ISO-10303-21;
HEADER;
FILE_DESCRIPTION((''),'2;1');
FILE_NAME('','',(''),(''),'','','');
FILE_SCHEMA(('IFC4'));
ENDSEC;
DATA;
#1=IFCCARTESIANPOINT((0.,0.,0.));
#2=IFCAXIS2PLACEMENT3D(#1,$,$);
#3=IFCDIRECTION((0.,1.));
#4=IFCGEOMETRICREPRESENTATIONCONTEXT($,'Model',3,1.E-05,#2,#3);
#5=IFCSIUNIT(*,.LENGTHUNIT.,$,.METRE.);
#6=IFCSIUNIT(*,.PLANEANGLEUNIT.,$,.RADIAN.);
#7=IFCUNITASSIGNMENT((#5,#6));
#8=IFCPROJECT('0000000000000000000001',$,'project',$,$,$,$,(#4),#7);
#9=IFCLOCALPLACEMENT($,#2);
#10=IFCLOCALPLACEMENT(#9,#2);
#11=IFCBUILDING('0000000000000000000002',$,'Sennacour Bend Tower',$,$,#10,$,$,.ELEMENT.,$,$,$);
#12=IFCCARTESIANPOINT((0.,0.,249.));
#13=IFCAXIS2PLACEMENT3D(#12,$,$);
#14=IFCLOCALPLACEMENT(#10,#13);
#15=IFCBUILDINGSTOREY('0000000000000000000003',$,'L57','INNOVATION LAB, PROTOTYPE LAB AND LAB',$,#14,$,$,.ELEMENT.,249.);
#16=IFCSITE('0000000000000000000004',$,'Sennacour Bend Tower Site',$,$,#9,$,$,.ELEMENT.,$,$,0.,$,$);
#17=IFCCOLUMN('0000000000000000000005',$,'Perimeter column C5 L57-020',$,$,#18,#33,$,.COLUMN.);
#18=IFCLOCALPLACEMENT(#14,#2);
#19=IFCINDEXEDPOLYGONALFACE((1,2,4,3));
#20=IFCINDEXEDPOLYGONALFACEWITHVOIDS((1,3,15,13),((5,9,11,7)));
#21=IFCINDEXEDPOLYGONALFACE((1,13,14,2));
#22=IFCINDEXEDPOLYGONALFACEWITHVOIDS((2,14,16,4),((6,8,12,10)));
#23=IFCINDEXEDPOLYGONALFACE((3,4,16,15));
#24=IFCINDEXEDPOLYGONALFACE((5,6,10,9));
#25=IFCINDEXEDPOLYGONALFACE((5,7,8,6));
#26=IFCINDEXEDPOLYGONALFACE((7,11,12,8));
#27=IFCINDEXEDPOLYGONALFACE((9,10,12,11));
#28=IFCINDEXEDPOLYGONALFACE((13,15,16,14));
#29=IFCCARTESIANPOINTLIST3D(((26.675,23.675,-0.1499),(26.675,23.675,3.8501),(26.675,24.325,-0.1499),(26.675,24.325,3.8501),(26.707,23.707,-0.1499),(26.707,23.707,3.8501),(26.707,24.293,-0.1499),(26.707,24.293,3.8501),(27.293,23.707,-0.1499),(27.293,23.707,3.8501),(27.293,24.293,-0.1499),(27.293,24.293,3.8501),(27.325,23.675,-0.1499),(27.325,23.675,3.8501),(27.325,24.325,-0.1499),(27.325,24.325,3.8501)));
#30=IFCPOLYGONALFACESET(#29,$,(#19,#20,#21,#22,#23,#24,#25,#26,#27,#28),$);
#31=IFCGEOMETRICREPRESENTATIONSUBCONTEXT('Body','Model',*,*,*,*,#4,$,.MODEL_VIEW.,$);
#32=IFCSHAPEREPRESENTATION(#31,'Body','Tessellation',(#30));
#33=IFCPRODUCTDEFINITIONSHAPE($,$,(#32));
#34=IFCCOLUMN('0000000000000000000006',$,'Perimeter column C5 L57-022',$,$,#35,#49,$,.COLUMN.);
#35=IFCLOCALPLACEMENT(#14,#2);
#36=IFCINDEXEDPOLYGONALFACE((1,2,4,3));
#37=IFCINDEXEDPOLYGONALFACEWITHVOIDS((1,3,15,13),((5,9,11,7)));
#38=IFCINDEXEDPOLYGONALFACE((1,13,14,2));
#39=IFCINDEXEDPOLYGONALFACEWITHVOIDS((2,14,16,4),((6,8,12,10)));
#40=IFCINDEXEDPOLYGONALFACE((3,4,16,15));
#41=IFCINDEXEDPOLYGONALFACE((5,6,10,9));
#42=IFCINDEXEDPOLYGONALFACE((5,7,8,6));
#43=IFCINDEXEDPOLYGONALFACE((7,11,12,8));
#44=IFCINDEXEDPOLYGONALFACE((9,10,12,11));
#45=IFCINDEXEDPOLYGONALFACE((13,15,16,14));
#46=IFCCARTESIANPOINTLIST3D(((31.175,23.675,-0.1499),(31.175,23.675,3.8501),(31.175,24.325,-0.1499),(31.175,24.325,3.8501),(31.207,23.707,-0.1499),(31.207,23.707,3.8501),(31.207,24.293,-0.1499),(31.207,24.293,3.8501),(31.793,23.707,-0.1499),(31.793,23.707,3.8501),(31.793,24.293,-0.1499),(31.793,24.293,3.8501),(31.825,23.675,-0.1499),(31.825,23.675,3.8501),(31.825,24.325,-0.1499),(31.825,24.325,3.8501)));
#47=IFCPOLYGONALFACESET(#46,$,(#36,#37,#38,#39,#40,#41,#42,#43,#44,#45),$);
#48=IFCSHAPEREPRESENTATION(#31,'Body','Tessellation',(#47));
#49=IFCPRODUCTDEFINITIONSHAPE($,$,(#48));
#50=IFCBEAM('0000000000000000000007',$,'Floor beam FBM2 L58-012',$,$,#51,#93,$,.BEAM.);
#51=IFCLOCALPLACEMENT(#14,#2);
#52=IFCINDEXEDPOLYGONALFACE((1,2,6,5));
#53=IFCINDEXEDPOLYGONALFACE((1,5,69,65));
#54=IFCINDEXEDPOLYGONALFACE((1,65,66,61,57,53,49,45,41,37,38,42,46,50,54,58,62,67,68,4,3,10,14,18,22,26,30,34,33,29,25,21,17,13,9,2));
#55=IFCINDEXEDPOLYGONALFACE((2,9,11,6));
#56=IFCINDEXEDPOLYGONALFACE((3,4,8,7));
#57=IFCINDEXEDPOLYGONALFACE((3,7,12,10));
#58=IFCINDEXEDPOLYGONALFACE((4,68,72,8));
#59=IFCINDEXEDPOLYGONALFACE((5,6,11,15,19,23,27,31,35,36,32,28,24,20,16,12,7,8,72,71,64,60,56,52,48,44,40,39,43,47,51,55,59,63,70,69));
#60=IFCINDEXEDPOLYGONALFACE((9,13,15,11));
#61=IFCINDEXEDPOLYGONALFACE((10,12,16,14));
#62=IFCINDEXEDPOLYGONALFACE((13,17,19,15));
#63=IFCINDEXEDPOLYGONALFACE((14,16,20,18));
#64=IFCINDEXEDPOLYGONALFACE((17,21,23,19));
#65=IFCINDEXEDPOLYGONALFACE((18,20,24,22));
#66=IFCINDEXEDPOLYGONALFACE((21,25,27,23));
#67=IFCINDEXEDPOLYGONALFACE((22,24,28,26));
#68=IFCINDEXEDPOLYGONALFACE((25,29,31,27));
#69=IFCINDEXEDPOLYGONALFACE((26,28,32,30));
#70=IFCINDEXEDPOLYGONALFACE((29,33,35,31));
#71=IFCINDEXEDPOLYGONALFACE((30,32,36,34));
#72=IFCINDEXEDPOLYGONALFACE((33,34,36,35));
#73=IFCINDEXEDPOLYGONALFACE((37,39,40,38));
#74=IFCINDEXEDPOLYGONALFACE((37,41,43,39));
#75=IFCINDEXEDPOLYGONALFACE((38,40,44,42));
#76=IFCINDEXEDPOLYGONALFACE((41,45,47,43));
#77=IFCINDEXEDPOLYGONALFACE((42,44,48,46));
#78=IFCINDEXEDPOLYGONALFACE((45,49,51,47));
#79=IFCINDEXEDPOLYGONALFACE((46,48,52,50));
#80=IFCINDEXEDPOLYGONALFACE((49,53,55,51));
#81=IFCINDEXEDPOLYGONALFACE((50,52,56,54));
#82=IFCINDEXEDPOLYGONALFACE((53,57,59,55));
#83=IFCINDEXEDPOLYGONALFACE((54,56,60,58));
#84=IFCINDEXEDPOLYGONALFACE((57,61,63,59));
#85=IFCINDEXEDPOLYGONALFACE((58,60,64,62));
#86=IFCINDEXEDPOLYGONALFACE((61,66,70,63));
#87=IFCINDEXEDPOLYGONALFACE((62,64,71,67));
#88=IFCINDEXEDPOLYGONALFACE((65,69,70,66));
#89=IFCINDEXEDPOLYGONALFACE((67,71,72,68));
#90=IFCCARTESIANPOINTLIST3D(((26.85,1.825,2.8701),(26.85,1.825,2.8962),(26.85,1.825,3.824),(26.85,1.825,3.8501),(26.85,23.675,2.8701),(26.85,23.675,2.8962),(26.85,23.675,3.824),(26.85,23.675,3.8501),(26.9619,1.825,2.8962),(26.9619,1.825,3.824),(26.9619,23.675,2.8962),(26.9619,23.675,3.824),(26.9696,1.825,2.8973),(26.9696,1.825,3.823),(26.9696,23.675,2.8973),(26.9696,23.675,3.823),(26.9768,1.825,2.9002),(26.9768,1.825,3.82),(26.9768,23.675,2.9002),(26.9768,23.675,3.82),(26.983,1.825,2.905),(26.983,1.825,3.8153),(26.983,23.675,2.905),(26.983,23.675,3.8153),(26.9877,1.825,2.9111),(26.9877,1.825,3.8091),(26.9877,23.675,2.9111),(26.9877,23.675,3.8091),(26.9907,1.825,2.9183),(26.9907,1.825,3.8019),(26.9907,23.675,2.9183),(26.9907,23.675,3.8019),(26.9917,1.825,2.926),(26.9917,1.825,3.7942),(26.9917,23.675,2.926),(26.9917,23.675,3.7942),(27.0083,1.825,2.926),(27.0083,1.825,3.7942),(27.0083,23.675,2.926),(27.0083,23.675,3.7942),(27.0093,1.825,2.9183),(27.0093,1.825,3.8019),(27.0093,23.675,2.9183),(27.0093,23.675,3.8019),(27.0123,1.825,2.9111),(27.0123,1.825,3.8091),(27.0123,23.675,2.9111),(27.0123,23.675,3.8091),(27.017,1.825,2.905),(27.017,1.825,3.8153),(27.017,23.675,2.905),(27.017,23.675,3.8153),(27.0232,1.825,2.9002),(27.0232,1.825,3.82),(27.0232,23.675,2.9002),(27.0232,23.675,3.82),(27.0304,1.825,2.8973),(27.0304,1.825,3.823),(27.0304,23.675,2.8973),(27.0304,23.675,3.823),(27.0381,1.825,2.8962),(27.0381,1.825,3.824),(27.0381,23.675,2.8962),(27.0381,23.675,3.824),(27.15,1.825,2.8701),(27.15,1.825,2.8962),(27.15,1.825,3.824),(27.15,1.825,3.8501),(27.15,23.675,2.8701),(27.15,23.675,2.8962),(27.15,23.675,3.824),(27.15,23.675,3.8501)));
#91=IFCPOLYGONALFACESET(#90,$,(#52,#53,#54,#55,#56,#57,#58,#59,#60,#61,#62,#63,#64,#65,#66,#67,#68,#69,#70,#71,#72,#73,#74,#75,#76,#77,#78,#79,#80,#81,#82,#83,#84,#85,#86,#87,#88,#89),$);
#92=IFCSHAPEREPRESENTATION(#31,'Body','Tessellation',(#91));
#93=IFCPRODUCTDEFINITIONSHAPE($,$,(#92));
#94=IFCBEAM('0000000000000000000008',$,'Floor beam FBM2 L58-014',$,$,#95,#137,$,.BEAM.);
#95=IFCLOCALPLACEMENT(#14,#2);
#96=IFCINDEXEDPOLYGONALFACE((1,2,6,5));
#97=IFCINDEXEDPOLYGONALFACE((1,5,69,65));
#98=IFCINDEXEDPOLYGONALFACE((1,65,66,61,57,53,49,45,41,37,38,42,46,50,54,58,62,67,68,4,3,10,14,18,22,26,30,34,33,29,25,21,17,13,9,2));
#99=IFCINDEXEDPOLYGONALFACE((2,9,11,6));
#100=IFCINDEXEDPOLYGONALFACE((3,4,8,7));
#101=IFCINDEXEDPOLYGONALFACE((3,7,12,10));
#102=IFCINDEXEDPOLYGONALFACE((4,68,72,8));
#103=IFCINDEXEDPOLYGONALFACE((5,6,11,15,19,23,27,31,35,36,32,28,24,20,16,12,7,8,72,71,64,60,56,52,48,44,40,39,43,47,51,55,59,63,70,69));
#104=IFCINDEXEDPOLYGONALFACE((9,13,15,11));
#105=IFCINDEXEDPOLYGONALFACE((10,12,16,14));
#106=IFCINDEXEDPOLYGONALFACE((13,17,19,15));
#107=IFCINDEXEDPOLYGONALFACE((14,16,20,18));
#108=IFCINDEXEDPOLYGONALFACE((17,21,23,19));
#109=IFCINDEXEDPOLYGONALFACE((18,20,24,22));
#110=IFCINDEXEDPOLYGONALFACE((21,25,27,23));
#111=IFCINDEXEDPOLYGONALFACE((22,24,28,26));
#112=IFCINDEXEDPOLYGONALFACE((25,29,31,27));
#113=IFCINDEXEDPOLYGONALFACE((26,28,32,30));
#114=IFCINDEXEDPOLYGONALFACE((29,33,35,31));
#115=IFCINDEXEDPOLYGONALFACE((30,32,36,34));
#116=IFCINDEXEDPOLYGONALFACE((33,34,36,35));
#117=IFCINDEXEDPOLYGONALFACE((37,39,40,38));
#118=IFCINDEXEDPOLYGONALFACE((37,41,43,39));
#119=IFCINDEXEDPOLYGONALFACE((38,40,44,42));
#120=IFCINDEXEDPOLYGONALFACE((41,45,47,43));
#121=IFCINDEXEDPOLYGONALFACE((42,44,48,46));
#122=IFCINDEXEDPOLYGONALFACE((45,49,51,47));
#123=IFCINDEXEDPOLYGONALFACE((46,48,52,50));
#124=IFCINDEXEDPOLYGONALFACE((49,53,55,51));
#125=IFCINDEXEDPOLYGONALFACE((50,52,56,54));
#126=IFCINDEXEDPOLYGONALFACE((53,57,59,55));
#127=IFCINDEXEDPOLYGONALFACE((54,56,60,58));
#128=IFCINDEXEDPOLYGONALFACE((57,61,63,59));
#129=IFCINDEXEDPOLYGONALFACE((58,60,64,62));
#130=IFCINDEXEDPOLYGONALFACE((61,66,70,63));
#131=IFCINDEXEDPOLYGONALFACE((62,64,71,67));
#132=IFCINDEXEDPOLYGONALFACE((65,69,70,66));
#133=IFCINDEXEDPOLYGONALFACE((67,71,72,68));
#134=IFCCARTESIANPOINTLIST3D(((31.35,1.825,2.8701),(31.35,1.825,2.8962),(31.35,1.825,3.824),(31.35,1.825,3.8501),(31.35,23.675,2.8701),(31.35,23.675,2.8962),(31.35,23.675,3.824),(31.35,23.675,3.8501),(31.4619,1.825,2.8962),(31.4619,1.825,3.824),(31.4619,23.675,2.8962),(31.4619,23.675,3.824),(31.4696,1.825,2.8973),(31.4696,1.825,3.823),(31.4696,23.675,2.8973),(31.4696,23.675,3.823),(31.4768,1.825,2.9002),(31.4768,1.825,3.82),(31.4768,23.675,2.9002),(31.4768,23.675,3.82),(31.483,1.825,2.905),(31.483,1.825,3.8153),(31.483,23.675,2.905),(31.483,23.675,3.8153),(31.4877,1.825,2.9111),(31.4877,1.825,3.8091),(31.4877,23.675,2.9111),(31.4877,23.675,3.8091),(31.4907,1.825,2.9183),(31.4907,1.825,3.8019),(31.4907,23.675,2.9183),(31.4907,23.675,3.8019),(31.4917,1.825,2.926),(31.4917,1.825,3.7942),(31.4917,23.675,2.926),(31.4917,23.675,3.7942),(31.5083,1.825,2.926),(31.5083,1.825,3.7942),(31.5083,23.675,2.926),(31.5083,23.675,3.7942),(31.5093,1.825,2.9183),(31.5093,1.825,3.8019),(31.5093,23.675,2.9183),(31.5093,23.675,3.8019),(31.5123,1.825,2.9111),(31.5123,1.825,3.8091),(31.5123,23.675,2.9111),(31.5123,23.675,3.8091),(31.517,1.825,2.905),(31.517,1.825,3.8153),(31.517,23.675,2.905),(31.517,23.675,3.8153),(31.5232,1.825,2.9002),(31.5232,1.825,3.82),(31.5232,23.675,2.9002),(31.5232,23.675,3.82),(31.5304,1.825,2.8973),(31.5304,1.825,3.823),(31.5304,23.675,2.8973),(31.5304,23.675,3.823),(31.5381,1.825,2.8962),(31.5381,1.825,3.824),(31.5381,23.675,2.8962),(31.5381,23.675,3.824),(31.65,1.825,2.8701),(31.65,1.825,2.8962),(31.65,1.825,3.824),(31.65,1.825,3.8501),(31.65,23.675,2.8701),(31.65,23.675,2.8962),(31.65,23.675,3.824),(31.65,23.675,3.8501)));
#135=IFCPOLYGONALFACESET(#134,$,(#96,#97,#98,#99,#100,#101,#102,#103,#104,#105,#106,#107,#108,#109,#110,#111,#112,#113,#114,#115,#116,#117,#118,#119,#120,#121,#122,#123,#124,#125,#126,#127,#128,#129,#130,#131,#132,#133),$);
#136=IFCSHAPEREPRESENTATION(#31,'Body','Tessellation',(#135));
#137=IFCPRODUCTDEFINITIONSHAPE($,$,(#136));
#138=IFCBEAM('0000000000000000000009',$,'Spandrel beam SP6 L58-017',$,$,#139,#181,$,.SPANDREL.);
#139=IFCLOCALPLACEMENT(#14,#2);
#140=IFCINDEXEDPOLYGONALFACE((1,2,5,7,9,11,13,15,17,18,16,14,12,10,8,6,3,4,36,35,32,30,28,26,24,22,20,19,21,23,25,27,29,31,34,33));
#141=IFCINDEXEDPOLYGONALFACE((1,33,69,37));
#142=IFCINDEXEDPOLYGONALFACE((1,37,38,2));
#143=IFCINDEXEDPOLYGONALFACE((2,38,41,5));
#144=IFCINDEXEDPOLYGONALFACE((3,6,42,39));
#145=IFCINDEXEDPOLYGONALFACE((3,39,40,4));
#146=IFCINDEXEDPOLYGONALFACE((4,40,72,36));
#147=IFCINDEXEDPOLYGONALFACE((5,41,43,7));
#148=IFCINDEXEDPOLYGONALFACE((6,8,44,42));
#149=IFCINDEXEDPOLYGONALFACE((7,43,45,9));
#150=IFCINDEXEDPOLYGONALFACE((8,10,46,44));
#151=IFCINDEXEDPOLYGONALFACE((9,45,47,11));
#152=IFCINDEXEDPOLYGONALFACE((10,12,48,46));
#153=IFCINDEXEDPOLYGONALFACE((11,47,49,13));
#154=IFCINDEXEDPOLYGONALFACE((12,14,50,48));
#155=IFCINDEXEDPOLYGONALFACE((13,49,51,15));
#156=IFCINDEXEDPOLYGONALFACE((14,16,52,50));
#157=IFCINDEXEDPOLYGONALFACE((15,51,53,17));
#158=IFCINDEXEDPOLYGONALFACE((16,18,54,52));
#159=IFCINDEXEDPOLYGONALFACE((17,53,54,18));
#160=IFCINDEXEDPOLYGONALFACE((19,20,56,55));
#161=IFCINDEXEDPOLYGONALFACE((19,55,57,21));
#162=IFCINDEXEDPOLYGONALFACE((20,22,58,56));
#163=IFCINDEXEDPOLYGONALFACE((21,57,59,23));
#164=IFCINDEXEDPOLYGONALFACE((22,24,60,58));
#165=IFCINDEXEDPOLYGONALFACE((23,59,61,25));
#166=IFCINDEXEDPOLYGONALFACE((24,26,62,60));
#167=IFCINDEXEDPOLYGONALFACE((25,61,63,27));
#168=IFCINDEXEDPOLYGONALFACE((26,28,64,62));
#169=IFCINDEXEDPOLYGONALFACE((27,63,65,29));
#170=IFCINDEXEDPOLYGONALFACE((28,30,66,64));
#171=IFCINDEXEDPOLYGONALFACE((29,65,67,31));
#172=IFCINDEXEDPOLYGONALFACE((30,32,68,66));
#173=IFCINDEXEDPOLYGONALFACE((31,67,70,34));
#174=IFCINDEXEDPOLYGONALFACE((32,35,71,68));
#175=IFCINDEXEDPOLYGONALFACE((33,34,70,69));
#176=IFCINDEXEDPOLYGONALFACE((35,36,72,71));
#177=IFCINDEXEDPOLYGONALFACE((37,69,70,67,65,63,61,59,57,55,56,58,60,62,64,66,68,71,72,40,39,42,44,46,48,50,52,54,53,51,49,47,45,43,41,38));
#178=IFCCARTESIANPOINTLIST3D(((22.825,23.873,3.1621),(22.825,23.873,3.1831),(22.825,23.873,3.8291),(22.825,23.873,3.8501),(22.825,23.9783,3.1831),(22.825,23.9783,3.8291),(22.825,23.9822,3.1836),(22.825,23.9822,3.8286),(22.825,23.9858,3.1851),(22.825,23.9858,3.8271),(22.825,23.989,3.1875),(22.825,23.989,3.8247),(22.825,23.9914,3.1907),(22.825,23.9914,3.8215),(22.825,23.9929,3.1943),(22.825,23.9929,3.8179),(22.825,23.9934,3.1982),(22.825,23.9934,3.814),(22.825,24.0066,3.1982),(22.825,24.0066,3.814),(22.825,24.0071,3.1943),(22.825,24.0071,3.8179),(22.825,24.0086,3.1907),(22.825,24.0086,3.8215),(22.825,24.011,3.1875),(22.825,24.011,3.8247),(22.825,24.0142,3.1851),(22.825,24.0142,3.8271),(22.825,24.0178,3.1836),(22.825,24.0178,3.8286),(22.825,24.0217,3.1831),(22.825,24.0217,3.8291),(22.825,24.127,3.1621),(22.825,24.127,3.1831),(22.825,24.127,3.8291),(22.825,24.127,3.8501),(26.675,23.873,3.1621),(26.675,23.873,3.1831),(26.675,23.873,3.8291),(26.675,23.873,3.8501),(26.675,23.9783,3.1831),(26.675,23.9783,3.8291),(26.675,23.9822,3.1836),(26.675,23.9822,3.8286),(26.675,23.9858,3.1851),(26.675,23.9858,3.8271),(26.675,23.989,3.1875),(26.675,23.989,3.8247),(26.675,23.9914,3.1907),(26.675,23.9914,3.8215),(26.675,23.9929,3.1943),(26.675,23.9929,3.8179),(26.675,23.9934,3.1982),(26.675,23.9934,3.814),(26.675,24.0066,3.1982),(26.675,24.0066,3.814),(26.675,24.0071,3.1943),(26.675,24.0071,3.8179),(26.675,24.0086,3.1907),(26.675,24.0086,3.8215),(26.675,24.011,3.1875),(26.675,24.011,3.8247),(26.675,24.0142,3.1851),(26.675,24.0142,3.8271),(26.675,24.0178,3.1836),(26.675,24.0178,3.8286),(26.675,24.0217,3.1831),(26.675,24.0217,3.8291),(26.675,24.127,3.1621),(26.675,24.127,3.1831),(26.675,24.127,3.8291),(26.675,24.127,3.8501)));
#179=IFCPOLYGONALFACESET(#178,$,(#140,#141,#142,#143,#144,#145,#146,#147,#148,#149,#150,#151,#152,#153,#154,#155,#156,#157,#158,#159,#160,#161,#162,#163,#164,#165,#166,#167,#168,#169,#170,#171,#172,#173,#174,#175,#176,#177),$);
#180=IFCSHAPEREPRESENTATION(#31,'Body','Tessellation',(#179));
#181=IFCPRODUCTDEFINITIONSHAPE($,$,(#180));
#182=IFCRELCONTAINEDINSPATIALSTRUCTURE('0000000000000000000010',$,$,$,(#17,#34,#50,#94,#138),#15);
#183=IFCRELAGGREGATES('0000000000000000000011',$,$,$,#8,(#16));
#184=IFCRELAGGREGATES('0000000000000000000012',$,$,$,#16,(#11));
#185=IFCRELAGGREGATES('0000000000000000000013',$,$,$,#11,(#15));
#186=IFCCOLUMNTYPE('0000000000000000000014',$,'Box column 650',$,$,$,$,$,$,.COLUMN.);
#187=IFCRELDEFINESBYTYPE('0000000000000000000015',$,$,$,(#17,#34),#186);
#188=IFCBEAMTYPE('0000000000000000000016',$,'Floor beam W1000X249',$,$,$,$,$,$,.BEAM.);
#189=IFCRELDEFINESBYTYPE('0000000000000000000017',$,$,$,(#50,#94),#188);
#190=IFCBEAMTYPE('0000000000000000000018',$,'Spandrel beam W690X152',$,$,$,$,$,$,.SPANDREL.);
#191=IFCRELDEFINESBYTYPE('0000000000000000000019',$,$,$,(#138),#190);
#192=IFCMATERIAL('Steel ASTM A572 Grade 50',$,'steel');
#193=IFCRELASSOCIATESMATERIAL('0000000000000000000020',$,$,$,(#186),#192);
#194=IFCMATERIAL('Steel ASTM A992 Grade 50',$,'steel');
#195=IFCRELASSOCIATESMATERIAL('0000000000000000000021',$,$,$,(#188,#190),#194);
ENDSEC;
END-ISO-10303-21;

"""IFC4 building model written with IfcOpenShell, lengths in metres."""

from ifc_helpers import new_model, si_unit, direction, frame, origin, origin_2d, place, context, subcontext, project, spatial, hollow_rectangle, i_section, extrude, material, material_profile, profile_set, type_object, element, save


model = new_model("IFC4")

# Units and contexts
model_context = context("Model", 3, precision=1e-05, world=origin(), true_north=direction((0.0, 1.0)))
body_context = subcontext(model_context, "Body", "Model", "MODEL_VIEW")
ifc_project = project(units=[si_unit("LENGTHUNIT", "METRE"), si_unit("PLANEANGLEUNIT", "RADIAN")], contexts=[model_context])

# Site, building, storey
site_placement = place(None, origin())
site = spatial("IfcSite", under=ifc_project, at=site_placement, Name="Sennacour Bend Tower Site", CompositionType="ELEMENT", RefElevation=0.0)
building_placement = place(site_placement, origin())
building = spatial("IfcBuilding", under=site, at=building_placement, Name="Sennacour Bend Tower", CompositionType="ELEMENT")
storey_placement = place(building_placement, frame((0.0, 0.0, 249.0)))
storey = spatial("IfcBuildingStorey", under=building, at=storey_placement, Name="L57", Description="INNOVATION LAB, PROTOTYPE LAB AND LAB", CompositionType="ELEMENT", Elevation=249.0)

# Columns
ifc_material_1 = material(Name="Steel ASTM A572 Grade 50", Category="steel")
ifc_material_profile_1 = material_profile(ifc_material_1, hollow_rectangle(XDim=0.6499, YDim=0.6499, WallThickness=0.032, at=origin_2d()), Name="Steel ASTM A572 Grade 50", Category="steel")
ifc_profile_set_1 = profile_set([ifc_material_profile_1], Name="Steel ASTM A572 Grade 50")
column_type = type_object("IfcColumnType", Name="Box column 650", PredefinedType="COLUMN", material=ifc_profile_set_1)
for number, where, z_axis, x_axis, name in (
    (1, (27.0, 24.0, -0.1499), (0.0, 0.0, 1.0), (1.0, 0.0, 0.0), "Perimeter column C5 L57-020"),
    (2, (31.5, 24.0, -0.1499), (0.0, 0.0, 1.0), (1.0, 0.0, 0.0), "Perimeter column C5 L57-022"),
):
    element("IfcColumn", number, at=place(storey_placement, frame(where, z_axis=z_axis, x_axis=x_axis)), inside=storey, type_object=column_type, Name=name, PredefinedType="COLUMN", context=body_context, shape_type="SweptSolid", body=[
        extrude(hollow_rectangle(XDim=0.6499, YDim=0.6499, WallThickness=0.032, at=origin_2d()), origin(), (0.0, 0.0, 1.0), 4.0),
    ])

# Beams
ifc_material_2 = material(Name="Steel ASTM A992 Grade 50", Category="steel")
ifc_material_profile_2 = material_profile(ifc_material_2, i_section(OverallWidth=0.3, OverallDepth=0.98, WebThickness=0.0166, FlangeThickness=0.0261, FilletRadius=0.0298, at=origin_2d()), Name="Steel ASTM A992 Grade 50", Category="steel")
ifc_profile_set_2 = profile_set([ifc_material_profile_2], Name="Steel ASTM A992 Grade 50")
beam_type_1 = type_object("IfcBeamType", Name="Floor beam W1000X249", PredefinedType="BEAM", material=ifc_profile_set_2)
for number, where, z_axis, x_axis, name in (
    (3, (27.0, 1.825, 3.3601), (0.0, 1.0, 0.0), (-1.0, 0.0, 0.0), "Floor beam FBM2 L58-012"),
    (4, (31.5, 1.825, 3.3601), (0.0, 1.0, 0.0), (-1.0, 0.0, 0.0), "Floor beam FBM2 L58-014"),
):
    element("IfcBeam", number, at=place(storey_placement, frame(where, z_axis=z_axis, x_axis=x_axis)), inside=storey, type_object=beam_type_1, Name=name, PredefinedType="BEAM", context=body_context, shape_type="SweptSolid", body=[
        extrude(i_section(OverallWidth=0.3, OverallDepth=0.98, WebThickness=0.0166, FlangeThickness=0.0261, FilletRadius=0.0298, at=origin_2d()), origin(), (0.0, 0.0, 1.0), 21.8501),
    ])
ifc_material_profile_3 = material_profile(ifc_material_2, i_section(OverallWidth=0.2539, OverallDepth=0.688, WebThickness=0.0132, FlangeThickness=0.021, FilletRadius=0.0151, at=origin_2d()), Name="Steel ASTM A992 Grade 50", Category="steel")
ifc_profile_set_3 = profile_set([ifc_material_profile_3], Name="Steel ASTM A992 Grade 50")
beam_type_2 = type_object("IfcBeamType", Name="Spandrel beam W690X152", PredefinedType="SPANDREL", material=ifc_profile_set_3)
for number, where, z_axis, x_axis, name in (
    (5, (22.825, 24.0, 3.5061), (1.0, 0.0, 0.0), (0.0, 1.0, 0.0), "Spandrel beam SP6 L58-017"),
):
    element("IfcBeam", number, at=place(storey_placement, frame(where, z_axis=z_axis, x_axis=x_axis)), inside=storey, type_object=beam_type_2, Name=name, PredefinedType="SPANDREL", context=body_context, shape_type="SweptSolid", body=[
        extrude(i_section(OverallWidth=0.2539, OverallDepth=0.688, WebThickness=0.0132, FlangeThickness=0.021, FilletRadius=0.0151, at=origin_2d()), origin(), (0.0, 0.0, 1.0), 3.8501),
    ])

save(model, "model.ifc")
